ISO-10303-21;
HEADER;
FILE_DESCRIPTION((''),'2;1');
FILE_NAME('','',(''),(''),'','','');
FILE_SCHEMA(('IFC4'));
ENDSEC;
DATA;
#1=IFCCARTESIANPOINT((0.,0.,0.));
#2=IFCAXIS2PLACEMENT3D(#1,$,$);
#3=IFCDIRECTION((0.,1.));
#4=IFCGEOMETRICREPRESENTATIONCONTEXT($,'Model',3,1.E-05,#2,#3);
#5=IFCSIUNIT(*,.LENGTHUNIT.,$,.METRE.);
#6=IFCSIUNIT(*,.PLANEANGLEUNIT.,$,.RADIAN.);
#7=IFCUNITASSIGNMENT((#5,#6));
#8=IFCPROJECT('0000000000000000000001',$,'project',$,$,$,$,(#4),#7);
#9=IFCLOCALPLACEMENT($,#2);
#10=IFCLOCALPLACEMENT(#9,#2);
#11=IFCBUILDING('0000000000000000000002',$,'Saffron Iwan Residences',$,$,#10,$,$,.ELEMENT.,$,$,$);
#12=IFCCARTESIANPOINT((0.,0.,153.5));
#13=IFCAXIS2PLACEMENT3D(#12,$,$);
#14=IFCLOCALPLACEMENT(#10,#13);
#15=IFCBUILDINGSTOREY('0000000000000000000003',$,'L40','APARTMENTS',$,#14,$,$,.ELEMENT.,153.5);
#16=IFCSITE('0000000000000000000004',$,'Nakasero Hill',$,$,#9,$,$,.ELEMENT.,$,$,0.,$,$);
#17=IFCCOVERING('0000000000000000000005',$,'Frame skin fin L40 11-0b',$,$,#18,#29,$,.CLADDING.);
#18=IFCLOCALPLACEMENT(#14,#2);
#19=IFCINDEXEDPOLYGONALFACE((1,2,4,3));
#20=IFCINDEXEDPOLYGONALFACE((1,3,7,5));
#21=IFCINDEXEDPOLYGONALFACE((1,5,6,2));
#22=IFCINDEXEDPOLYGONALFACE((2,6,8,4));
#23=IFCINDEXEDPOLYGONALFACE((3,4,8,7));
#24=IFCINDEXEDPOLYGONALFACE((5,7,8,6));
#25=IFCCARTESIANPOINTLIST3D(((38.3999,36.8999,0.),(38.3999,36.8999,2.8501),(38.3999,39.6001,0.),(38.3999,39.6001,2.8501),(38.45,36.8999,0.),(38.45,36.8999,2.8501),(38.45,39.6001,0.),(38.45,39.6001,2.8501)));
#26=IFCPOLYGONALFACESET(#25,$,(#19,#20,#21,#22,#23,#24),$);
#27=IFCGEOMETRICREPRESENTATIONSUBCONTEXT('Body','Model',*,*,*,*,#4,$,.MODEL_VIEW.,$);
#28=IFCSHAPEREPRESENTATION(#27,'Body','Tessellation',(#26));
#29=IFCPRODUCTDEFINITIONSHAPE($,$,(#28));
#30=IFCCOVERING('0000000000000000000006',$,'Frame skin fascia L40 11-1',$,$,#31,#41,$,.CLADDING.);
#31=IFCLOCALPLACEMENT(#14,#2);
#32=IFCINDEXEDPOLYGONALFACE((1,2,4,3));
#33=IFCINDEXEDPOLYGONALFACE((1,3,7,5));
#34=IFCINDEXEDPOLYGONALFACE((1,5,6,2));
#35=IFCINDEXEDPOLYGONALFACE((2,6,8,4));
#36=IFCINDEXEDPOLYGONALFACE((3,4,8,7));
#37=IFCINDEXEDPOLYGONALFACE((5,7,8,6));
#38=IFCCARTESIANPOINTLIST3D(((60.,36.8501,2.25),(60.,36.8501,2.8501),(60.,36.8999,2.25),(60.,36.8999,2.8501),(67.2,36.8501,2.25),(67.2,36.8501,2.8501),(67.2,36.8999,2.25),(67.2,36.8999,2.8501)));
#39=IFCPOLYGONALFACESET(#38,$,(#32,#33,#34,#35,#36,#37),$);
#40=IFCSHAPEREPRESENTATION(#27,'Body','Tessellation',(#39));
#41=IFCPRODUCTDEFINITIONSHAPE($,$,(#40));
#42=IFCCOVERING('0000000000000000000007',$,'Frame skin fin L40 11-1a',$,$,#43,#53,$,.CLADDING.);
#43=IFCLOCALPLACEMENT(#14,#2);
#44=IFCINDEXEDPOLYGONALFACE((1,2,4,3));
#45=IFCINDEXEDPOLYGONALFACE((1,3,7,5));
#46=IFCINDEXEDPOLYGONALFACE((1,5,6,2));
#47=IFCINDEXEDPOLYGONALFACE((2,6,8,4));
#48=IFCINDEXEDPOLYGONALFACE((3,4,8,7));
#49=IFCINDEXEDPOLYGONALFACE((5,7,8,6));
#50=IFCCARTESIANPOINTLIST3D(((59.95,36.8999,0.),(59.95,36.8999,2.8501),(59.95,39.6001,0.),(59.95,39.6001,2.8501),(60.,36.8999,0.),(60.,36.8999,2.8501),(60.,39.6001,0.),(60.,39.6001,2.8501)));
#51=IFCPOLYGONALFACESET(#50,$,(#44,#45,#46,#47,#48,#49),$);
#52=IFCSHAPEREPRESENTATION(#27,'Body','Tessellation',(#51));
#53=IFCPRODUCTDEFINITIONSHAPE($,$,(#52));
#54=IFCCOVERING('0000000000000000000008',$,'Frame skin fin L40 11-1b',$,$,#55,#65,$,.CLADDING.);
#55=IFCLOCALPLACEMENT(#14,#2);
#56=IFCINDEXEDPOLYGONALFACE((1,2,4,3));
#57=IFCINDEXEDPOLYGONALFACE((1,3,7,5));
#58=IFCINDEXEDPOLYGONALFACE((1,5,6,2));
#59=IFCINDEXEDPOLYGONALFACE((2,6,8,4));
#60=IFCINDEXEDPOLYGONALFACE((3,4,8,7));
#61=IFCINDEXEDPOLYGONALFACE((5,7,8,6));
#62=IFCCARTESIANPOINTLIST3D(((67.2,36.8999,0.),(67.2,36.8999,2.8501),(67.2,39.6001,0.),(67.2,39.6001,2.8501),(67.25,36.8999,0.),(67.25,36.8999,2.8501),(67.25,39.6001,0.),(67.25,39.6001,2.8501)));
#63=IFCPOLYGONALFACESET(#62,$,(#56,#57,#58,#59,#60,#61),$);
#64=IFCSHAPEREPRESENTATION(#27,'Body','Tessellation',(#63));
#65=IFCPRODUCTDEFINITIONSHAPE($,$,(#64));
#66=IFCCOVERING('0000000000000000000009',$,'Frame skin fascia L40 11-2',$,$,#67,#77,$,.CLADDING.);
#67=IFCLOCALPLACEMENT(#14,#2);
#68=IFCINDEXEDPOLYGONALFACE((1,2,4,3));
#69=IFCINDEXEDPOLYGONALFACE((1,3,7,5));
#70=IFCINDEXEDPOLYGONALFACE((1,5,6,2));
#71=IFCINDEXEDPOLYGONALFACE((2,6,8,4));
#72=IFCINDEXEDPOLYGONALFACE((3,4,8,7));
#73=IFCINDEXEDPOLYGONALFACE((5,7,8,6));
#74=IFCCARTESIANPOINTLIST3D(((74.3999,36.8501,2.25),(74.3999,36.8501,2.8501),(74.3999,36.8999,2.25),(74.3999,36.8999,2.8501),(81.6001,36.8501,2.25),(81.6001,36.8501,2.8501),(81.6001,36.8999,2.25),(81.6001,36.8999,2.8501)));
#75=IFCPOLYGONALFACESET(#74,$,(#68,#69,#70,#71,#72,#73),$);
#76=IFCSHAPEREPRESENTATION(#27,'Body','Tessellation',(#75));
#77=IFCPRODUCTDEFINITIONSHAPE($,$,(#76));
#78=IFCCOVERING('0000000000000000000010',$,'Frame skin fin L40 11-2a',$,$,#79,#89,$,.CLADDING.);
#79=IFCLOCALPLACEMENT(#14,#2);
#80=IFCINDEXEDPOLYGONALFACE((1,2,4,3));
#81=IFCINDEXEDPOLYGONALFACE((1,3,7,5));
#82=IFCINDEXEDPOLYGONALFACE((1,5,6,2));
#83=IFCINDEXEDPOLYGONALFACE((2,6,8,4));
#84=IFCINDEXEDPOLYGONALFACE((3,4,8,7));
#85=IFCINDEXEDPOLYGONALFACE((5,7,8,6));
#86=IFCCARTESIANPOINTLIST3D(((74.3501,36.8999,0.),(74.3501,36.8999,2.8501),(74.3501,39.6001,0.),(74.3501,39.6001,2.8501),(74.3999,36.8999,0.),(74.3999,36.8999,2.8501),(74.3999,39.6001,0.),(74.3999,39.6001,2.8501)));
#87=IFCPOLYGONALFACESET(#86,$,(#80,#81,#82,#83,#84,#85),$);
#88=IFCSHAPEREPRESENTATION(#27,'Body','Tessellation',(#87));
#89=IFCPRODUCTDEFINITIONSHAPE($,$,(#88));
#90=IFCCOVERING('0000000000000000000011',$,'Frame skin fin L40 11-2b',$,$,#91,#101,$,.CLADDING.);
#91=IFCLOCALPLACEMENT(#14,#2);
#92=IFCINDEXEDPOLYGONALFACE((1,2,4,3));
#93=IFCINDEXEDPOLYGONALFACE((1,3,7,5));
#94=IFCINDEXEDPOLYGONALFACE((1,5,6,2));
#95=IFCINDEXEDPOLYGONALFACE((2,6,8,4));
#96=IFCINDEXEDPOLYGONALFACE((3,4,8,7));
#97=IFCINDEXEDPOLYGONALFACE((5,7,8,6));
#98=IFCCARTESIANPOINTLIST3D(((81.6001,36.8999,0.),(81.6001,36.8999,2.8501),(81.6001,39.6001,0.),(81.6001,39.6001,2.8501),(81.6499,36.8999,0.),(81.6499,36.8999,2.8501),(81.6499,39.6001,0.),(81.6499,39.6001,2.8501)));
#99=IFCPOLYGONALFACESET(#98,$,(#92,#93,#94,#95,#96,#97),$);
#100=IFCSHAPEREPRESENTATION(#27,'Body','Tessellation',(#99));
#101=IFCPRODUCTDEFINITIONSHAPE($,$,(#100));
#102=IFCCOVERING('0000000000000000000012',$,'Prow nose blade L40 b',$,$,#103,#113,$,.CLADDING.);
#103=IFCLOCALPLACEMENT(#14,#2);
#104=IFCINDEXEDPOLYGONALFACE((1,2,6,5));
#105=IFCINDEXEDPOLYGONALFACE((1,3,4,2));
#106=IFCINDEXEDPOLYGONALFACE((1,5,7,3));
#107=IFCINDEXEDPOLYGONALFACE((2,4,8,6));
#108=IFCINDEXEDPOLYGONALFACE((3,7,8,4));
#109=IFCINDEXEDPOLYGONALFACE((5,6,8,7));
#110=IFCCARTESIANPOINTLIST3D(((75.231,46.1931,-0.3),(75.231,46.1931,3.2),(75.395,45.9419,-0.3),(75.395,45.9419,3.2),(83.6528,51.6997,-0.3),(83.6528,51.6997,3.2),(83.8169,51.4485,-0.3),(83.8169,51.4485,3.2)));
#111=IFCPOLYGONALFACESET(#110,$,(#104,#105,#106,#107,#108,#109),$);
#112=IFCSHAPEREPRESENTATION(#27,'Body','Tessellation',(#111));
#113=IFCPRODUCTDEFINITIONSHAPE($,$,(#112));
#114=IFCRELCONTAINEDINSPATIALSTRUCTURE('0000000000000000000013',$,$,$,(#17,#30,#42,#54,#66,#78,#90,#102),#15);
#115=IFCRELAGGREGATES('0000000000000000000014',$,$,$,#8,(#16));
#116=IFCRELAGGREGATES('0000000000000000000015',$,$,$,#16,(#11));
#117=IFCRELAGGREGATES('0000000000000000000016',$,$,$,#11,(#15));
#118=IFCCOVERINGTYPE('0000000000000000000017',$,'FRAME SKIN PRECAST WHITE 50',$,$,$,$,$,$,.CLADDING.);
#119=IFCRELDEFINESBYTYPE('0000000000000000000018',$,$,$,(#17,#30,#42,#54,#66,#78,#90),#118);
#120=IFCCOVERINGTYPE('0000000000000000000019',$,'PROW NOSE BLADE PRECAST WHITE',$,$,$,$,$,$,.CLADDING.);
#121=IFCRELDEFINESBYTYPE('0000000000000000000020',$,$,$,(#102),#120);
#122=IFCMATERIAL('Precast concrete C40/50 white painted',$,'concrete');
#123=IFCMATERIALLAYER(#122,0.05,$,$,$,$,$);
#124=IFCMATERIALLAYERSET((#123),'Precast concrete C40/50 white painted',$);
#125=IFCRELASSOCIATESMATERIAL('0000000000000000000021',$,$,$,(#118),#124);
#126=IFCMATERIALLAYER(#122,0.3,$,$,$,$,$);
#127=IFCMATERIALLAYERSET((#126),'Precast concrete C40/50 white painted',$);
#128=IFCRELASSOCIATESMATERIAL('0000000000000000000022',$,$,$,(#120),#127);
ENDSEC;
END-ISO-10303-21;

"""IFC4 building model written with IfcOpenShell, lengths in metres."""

from ifc_helpers import new_model, si_unit, direction, frame, origin, place, context, subcontext, project, spatial, polyline, outline, extrude, material, layer, layer_set, type_object, element, save


model = new_model("IFC4")

# Units and contexts
model_context = context("Model", 3, precision=1e-05, world=origin(), true_north=direction((0.0, 1.0)))
body_context = subcontext(model_context, "Body", "Model", "MODEL_VIEW")
ifc_project = project(units=[si_unit("LENGTHUNIT", "METRE"), si_unit("PLANEANGLEUNIT", "RADIAN")], contexts=[model_context])

# Site, building, storey
site_placement = place(None, origin())
site = spatial("IfcSite", under=ifc_project, at=site_placement, Name="Nakasero Hill", CompositionType="ELEMENT", RefElevation=0.0)
building_placement = place(site_placement, origin())
building = spatial("IfcBuilding", under=site, at=building_placement, Name="Saffron Iwan Residences", CompositionType="ELEMENT")
storey_placement = place(building_placement, frame((0.0, 0.0, 153.5)))
storey = spatial("IfcBuildingStorey", under=building, at=storey_placement, Name="L40", Description="APARTMENTS", CompositionType="ELEMENT", Elevation=153.5)

# Coverings
ifc_material_1 = material(Name="Precast concrete C40/50 white painted", Category="concrete")
ifc_layer_1 = layer(ifc_material_1, 0.05)
ifc_layer_set_1 = layer_set([ifc_layer_1], Name="Precast concrete C40/50 white painted")
covering_type_1 = type_object("IfcCoveringType", Name="FRAME SKIN PRECAST WHITE 50", PredefinedType="CLADDING", material=ifc_layer_set_1)
covering_1_placement = place(storey_placement, origin())
element("IfcCovering", 1, at=covering_1_placement, inside=storey, type_object=covering_type_1, Name="Frame skin fin L40 11-0b", PredefinedType="CLADDING", context=body_context, shape_type="SweptSolid", body=[
    extrude(outline(polyline([(38.3999, 36.8999), (38.45, 36.8999), (38.45, 39.6001), (38.3999, 39.6001), (38.3999, 36.8999)])), origin(), (0.0, 0.0, 1.0), 2.8501),
])
covering_2_placement = place(storey_placement, frame((0.0, 0.0, 2.25)))
element("IfcCovering", 2, at=covering_2_placement, inside=storey, type_object=covering_type_1, Name="Frame skin fascia L40 11-1", PredefinedType="CLADDING", context=body_context, shape_type="SweptSolid", body=[
    extrude(outline(polyline([(60.0, 36.8501), (67.2, 36.8501), (67.2, 36.8999), (60.0, 36.8999), (60.0, 36.8501)])), origin(), (0.0, 0.0, 1.0), 0.6001),
])
covering_3_placement = place(storey_placement, origin())
element("IfcCovering", 3, at=covering_3_placement, inside=storey, type_object=covering_type_1, Name="Frame skin fin L40 11-1a", PredefinedType="CLADDING", context=body_context, shape_type="SweptSolid", body=[
    extrude(outline(polyline([(59.95, 36.8999), (60.0, 36.8999), (60.0, 39.6001), (59.95, 39.6001), (59.95, 36.8999)])), origin(), (0.0, 0.0, 1.0), 2.8501),
])
covering_4_placement = place(storey_placement, origin())
element("IfcCovering", 4, at=covering_4_placement, inside=storey, type_object=covering_type_1, Name="Frame skin fin L40 11-1b", PredefinedType="CLADDING", context=body_context, shape_type="SweptSolid", body=[
    extrude(outline(polyline([(67.2, 36.8999), (67.25, 36.8999), (67.25, 39.6001), (67.2, 39.6001), (67.2, 36.8999)])), origin(), (0.0, 0.0, 1.0), 2.8501),
])
covering_5_placement = place(storey_placement, frame((0.0, 0.0, 2.25)))
element("IfcCovering", 5, at=covering_5_placement, inside=storey, type_object=covering_type_1, Name="Frame skin fascia L40 11-2", PredefinedType="CLADDING", context=body_context, shape_type="SweptSolid", body=[
    extrude(outline(polyline([(74.3999, 36.8501), (81.6001, 36.8501), (81.6001, 36.8999), (74.3999, 36.8999), (74.3999, 36.8501)])), origin(), (0.0, 0.0, 1.0), 0.6001),
])
covering_6_placement = place(storey_placement, origin())
element("IfcCovering", 6, at=covering_6_placement, inside=storey, type_object=covering_type_1, Name="Frame skin fin L40 11-2a", PredefinedType="CLADDING", context=body_context, shape_type="SweptSolid", body=[
    extrude(outline(polyline([(74.3501, 36.8999), (74.3999, 36.8999), (74.3999, 39.6001), (74.3501, 39.6001), (74.3501, 36.8999)])), origin(), (0.0, 0.0, 1.0), 2.8501),
])
covering_7_placement = place(storey_placement, origin())
element("IfcCovering", 7, at=covering_7_placement, inside=storey, type_object=covering_type_1, Name="Frame skin fin L40 11-2b", PredefinedType="CLADDING", context=body_context, shape_type="SweptSolid", body=[
    extrude(outline(polyline([(81.6001, 36.8999), (81.6499, 36.8999), (81.6499, 39.6001), (81.6001, 39.6001), (81.6001, 36.8999)])), origin(), (0.0, 0.0, 1.0), 2.8501),
])
ifc_layer_2 = layer(ifc_material_1, 0.3)
ifc_layer_set_2 = layer_set([ifc_layer_2], Name="Precast concrete C40/50 white painted")
covering_type_2 = type_object("IfcCoveringType", Name="PROW NOSE BLADE PRECAST WHITE", PredefinedType="CLADDING", material=ifc_layer_set_2)
covering_8_placement = place(storey_placement, frame((0.0, 0.0, -0.3)))
element("IfcCovering", 8, at=covering_8_placement, inside=storey, type_object=covering_type_2, Name="Prow nose blade L40 b", PredefinedType="CLADDING", context=body_context, shape_type="SweptSolid", body=[
    extrude(outline(polyline([(75.395, 45.9419), (83.8169, 51.4485), (83.6528, 51.6997), (75.231, 46.1931), (75.395, 45.9419)])), origin(), (0.0, 0.0, 1.0), 3.5),
])

save(model, "model.ifc")
